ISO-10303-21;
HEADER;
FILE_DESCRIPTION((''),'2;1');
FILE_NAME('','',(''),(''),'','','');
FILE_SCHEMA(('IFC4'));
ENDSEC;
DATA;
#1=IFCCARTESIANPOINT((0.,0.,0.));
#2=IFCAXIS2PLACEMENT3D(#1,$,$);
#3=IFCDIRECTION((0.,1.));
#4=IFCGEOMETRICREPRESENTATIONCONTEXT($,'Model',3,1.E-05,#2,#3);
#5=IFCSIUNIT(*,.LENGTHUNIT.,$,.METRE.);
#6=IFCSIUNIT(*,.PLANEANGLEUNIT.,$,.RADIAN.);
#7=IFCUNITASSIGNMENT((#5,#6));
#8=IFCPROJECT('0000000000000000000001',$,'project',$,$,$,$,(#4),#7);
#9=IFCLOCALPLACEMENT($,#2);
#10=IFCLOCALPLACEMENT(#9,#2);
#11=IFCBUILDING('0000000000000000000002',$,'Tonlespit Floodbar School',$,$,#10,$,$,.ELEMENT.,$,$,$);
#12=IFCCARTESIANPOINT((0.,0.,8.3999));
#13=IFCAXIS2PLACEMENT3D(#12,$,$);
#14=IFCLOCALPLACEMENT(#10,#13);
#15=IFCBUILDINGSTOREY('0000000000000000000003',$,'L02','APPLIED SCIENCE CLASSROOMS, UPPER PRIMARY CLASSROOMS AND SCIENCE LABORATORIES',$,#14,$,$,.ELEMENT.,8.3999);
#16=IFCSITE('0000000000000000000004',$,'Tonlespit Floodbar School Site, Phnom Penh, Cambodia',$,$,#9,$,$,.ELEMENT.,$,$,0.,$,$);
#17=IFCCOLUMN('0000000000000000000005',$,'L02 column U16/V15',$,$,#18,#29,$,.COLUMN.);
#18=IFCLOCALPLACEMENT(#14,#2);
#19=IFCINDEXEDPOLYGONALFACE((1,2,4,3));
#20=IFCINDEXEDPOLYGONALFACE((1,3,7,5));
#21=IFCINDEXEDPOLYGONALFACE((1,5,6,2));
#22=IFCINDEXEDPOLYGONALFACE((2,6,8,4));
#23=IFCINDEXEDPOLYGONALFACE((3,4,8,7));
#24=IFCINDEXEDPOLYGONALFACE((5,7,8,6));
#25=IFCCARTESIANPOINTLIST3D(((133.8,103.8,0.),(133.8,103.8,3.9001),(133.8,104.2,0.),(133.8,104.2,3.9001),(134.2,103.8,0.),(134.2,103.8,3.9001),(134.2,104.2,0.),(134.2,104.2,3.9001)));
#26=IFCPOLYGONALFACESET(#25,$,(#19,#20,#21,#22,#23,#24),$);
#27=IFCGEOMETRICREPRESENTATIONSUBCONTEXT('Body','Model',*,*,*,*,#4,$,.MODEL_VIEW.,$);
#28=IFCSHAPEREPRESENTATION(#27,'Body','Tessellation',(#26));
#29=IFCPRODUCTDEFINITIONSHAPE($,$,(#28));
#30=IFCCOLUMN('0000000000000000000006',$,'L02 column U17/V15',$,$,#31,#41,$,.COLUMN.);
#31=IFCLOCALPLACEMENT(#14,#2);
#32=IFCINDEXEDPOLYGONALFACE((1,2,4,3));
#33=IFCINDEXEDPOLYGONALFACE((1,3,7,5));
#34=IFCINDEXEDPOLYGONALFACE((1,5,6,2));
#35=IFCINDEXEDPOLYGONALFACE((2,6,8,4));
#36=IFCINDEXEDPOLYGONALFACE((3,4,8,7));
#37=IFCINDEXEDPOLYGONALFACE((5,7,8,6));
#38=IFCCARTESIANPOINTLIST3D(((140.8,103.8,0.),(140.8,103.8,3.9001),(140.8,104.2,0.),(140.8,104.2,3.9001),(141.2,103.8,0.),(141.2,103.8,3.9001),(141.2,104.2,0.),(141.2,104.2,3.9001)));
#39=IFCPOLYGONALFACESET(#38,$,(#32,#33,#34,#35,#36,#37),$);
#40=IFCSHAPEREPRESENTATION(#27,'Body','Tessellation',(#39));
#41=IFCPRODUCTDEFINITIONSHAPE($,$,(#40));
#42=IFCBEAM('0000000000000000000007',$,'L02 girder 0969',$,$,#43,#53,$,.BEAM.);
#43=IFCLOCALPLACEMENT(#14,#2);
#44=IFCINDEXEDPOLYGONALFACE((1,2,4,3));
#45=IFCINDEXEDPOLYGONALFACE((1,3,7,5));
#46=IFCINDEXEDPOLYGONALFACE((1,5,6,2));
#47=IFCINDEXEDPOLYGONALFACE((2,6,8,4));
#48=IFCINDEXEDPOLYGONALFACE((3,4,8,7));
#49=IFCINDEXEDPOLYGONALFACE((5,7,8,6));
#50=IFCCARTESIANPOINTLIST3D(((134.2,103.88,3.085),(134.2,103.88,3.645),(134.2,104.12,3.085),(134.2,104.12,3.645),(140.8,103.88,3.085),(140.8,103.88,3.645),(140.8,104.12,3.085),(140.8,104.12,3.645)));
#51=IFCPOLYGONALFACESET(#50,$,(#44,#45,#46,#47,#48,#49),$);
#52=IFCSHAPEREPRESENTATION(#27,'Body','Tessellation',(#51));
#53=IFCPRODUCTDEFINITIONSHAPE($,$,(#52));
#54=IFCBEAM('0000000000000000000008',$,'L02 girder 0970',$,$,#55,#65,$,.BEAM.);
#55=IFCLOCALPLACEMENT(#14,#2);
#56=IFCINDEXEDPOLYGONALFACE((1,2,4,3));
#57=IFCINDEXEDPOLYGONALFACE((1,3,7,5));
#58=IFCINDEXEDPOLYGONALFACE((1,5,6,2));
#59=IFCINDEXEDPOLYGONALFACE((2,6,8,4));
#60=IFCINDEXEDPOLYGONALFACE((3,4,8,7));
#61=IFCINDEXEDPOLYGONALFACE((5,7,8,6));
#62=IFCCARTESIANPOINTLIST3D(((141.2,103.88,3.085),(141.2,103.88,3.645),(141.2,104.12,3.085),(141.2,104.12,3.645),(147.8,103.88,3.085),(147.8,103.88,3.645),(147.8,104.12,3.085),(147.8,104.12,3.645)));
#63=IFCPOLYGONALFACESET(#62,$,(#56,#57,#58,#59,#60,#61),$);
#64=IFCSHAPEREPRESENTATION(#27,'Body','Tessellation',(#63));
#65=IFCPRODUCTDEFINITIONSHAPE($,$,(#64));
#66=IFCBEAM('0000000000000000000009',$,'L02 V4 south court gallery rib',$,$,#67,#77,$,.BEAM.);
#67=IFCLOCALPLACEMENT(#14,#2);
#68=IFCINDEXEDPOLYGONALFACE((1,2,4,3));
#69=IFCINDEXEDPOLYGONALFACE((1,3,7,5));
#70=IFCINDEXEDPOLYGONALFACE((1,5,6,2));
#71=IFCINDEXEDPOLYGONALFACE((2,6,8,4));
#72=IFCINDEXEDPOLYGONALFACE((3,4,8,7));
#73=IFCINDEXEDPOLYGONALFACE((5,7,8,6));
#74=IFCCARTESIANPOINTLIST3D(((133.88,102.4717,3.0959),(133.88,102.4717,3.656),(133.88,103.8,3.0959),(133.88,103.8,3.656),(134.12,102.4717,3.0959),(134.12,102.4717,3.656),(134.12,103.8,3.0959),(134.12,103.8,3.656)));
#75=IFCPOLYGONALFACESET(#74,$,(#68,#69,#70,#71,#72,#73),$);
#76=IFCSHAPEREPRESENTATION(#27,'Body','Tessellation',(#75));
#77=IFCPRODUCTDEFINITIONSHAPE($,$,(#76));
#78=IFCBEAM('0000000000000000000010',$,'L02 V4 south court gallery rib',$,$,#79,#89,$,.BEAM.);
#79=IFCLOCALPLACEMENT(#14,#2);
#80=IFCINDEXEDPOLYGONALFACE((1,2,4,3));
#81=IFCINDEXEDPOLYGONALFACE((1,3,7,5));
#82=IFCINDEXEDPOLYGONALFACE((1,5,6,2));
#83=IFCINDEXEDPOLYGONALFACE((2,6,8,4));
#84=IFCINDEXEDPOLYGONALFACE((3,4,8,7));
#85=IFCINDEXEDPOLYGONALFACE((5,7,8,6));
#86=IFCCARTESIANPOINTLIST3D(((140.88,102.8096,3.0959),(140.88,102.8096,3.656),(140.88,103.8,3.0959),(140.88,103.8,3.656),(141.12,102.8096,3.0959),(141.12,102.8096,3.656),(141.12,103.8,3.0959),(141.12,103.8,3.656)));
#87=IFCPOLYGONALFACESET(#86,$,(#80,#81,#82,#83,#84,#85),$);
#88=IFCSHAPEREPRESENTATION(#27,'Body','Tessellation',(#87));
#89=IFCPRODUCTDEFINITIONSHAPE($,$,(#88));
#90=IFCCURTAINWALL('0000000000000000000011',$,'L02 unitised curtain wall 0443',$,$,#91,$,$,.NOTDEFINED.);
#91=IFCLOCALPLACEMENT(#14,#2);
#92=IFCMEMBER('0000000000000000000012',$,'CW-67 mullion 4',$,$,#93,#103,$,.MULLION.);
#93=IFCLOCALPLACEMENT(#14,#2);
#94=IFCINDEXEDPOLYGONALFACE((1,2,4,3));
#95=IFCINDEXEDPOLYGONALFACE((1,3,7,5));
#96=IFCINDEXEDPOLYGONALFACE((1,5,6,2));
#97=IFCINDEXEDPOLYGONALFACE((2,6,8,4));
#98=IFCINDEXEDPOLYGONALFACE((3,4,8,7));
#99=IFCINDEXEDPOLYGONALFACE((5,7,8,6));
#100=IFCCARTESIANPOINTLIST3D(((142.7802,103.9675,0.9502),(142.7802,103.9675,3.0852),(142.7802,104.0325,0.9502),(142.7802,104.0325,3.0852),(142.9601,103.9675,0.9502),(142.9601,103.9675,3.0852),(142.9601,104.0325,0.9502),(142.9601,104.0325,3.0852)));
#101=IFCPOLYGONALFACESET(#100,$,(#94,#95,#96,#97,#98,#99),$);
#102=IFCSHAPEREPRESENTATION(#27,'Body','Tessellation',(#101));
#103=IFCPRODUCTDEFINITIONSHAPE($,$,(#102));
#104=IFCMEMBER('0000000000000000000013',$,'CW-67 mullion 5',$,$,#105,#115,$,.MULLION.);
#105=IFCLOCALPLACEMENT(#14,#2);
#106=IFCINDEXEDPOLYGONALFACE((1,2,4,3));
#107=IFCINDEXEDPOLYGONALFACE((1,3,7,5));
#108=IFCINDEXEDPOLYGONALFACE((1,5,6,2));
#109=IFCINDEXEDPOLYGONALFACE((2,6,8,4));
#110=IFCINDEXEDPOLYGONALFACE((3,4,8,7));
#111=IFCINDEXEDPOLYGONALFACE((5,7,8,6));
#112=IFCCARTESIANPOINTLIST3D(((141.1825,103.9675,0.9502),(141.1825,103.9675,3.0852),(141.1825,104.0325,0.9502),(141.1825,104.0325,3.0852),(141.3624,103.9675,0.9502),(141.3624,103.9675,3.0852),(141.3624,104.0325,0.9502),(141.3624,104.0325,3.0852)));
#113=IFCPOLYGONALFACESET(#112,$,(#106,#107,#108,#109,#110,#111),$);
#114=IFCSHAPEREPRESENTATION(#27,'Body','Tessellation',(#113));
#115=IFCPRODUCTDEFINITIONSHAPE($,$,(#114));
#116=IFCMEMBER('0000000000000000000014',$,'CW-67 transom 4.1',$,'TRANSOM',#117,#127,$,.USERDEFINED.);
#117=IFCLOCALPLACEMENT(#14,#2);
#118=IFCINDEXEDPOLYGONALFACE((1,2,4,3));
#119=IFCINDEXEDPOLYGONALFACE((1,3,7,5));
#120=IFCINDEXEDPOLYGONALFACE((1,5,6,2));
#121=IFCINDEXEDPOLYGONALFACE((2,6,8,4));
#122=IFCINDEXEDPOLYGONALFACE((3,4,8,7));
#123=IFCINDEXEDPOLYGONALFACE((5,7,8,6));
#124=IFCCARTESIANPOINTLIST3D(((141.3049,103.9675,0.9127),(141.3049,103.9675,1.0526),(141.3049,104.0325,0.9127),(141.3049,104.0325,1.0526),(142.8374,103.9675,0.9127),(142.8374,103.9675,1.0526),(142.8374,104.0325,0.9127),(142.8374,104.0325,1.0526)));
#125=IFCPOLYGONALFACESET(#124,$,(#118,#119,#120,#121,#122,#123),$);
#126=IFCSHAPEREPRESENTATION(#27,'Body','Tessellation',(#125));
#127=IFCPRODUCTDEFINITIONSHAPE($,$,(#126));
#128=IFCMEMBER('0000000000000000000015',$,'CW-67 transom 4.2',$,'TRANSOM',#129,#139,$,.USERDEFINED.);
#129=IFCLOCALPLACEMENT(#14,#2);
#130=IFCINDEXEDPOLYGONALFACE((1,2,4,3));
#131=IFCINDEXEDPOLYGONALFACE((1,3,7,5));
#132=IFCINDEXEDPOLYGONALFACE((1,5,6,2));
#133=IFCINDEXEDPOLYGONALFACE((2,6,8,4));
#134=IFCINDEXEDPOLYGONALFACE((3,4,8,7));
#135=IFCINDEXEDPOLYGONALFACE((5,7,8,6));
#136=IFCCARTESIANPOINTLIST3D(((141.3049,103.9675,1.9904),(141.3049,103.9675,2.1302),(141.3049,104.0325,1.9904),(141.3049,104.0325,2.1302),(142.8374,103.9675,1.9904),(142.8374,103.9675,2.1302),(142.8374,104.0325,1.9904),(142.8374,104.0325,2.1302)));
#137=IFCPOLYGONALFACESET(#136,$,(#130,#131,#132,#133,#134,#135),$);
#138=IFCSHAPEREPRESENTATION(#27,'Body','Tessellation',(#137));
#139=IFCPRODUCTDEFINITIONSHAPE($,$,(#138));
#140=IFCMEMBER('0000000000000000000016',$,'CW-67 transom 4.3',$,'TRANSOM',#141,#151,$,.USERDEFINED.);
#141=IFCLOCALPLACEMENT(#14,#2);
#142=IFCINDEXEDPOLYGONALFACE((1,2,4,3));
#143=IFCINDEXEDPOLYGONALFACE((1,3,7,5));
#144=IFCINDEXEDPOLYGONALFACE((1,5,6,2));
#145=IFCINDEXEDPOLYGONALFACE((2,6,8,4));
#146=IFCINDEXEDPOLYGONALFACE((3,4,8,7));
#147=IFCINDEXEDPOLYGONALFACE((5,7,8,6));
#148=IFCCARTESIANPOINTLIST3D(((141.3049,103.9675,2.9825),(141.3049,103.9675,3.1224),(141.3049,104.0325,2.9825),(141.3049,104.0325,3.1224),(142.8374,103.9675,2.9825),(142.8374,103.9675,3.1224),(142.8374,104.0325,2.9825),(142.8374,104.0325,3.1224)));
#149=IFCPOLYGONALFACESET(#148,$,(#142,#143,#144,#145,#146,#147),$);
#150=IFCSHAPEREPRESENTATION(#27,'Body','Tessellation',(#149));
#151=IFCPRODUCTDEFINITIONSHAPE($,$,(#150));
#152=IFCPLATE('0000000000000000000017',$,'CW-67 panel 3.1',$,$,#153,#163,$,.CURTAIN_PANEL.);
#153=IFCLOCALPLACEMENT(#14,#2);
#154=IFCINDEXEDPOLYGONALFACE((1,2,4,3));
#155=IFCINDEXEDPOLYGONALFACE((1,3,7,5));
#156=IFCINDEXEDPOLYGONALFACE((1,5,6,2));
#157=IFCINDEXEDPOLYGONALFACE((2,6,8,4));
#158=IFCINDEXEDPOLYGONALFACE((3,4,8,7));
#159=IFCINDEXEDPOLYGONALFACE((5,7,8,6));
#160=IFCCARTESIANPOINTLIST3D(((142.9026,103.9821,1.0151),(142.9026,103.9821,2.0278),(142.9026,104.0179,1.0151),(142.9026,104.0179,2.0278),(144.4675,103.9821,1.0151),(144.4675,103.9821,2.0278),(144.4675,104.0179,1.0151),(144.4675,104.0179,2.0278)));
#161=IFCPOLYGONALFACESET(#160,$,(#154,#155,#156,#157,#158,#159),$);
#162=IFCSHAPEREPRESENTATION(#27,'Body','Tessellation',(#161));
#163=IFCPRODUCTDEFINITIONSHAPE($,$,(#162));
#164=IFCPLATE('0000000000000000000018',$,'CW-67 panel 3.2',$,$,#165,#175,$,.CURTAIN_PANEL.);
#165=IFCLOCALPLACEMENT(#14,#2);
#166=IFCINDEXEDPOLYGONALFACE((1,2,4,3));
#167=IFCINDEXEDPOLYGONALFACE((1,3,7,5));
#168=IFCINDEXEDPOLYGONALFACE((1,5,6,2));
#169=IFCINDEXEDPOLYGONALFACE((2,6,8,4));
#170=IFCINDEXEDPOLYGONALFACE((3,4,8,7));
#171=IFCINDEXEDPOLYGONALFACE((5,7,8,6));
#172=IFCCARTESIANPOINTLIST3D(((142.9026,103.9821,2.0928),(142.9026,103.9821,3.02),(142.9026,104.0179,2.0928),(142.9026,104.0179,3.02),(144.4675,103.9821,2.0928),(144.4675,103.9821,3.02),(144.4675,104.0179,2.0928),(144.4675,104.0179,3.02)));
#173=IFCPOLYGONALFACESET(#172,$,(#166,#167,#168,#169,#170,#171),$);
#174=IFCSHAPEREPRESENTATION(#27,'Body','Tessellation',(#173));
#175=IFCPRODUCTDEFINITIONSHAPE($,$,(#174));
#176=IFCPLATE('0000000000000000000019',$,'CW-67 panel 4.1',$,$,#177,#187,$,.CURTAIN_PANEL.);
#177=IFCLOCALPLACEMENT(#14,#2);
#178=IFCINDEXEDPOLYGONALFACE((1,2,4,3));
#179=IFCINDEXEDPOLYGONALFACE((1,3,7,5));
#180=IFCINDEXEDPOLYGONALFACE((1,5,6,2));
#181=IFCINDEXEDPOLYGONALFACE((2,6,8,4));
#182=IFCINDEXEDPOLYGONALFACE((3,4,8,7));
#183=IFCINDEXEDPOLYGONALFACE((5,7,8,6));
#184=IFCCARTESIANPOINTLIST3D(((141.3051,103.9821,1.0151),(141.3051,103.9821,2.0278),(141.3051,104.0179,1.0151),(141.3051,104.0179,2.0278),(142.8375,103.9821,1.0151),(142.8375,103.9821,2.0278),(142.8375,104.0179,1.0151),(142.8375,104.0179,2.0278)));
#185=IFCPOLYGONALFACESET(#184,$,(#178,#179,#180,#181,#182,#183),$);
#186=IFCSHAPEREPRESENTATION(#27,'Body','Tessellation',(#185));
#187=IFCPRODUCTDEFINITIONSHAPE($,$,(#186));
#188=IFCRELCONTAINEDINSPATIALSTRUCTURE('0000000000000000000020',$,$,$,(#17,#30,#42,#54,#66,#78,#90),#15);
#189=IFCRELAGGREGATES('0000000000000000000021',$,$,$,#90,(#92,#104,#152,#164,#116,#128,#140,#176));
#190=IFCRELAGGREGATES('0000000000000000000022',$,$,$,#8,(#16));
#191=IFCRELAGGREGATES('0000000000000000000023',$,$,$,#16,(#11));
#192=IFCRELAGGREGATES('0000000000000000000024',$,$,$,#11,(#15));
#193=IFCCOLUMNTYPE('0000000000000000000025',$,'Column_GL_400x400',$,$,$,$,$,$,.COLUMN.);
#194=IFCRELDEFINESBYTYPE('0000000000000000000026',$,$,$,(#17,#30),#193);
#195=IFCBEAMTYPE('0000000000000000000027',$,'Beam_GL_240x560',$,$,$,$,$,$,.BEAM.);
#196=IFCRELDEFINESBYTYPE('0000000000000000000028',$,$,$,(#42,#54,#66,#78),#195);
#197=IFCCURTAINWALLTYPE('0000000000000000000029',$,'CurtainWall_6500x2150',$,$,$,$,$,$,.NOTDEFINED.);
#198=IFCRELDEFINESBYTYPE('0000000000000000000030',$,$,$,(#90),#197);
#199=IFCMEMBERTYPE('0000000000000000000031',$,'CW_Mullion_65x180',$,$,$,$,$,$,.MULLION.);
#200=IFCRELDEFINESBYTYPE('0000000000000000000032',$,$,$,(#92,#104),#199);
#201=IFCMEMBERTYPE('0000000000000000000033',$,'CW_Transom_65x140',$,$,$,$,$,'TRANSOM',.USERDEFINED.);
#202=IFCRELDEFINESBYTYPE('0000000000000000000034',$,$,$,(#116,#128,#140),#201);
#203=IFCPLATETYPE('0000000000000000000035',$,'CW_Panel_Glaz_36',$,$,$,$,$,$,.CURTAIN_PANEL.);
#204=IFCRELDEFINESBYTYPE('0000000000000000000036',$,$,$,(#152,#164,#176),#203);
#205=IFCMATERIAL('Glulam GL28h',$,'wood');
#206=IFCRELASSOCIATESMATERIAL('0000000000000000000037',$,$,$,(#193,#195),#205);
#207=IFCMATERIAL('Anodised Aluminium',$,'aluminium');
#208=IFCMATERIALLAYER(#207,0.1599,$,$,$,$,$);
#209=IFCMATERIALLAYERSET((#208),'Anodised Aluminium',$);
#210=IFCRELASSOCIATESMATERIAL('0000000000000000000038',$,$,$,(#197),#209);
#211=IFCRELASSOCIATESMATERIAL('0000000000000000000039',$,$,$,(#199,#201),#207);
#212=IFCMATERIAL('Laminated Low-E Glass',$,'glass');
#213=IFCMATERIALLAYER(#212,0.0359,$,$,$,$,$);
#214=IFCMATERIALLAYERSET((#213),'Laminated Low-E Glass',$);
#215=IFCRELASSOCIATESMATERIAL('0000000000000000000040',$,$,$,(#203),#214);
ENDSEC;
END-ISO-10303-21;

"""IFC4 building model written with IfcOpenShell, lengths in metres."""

from ifc_helpers import new_model, si_unit, direction, frame, origin, origin_2d, place, context, subcontext, project, spatial, rectangle, extrude, material, layer, layer_set, material_profile, profile_set, type_object, element, aggregate, save


model = new_model("IFC4")

# Units and contexts
model_context = context("Model", 3, precision=1e-05, world=origin(), true_north=direction((0.0, 1.0)))
body_context = subcontext(model_context, "Body", "Model", "MODEL_VIEW")
ifc_project = project(units=[si_unit("LENGTHUNIT", "METRE"), si_unit("PLANEANGLEUNIT", "RADIAN")], contexts=[model_context])

# Site, building, storey
site_placement = place(None, origin())
site = spatial("IfcSite", under=ifc_project, at=site_placement, Name="Tonlespit Floodbar School Site, Phnom Penh, Cambodia", CompositionType="ELEMENT", RefElevation=0.0)
building_placement = place(site_placement, origin())
building = spatial("IfcBuilding", under=site, at=building_placement, Name="Tonlespit Floodbar School", CompositionType="ELEMENT")
storey_placement = place(building_placement, frame((0.0, 0.0, 8.3999)))
storey = spatial("IfcBuildingStorey", under=building, at=storey_placement, Name="L02", Description="APPLIED SCIENCE CLASSROOMS, UPPER PRIMARY CLASSROOMS AND SCIENCE LABORATORIES", CompositionType="ELEMENT", Elevation=8.3999)

# Columns
ifc_material_1 = material(Name="Glulam GL28h", Category="wood")
ifc_material_profile_1 = material_profile(ifc_material_1, rectangle(XDim=0.3999, YDim=0.3999, at=origin_2d()), Name="GL 400x400")
ifc_profile_set_1 = profile_set([ifc_material_profile_1], Name="Glulam GL28h")
column_type = type_object("IfcColumnType", Name="Column_GL_400x400", PredefinedType="COLUMN", material=ifc_profile_set_1)
for number, where, z_axis, x_axis, name in (
    (1, (134.0, 104.0, 0.0), (0.0, 0.0, 1.0), (1.0, 0.0, 0.0), "L02 column U16/V15"),
    (2, (141.0, 104.0, 0.0), (0.0, 0.0, 1.0), (1.0, 0.0, 0.0), "L02 column U17/V15"),
):
    element("IfcColumn", number, at=place(storey_placement, frame(where, z_axis=z_axis, x_axis=x_axis)), inside=storey, type_object=column_type, Name=name, PredefinedType="COLUMN", context=body_context, shape_type="SweptSolid", body=[
        extrude(rectangle(XDim=0.3999, YDim=0.3999, at=origin_2d()), origin(), (0.0, 0.0, 1.0), 3.9001),
    ])

# Beams
ifc_material_profile_2 = material_profile(ifc_material_1, rectangle(XDim=0.24, YDim=0.5601, at=origin_2d()), Name="GL 240x560")
ifc_profile_set_2 = profile_set([ifc_material_profile_2], Name="Glulam GL28h")
beam_type = type_object("IfcBeamType", Name="Beam_GL_240x560", PredefinedType="BEAM", material=ifc_profile_set_2)
for number, where, z_axis, x_axis, name in (
    (3, (134.2, 104.0, 3.365), (1.0, 0.0, 0.0), (0.0, 1.0, 0.0), "L02 girder 0969"),
    (4, (141.2, 104.0, 3.365), (1.0, 0.0, 0.0), (0.0, 1.0, 0.0), "L02 girder 0970"),
):
    element("IfcBeam", number, at=place(storey_placement, frame(where, z_axis=z_axis, x_axis=x_axis)), inside=storey, type_object=beam_type, Name=name, PredefinedType="BEAM", context=body_context, shape_type="SweptSolid", body=[
        extrude(rectangle(XDim=0.24, YDim=0.5601, at=origin_2d()), origin(), (0.0, 0.0, 1.0), 6.6001),
    ])
beam_1_placement = place(storey_placement, frame((134.0, 103.8, 3.376), z_axis=(0.0, -1.0, 0.0), x_axis=(1.0, 0.0, 0.0)))
element("IfcBeam", 5, at=beam_1_placement, inside=storey, type_object=beam_type, Name="L02 V4 south court gallery rib", PredefinedType="BEAM", context=body_context, shape_type="SweptSolid", body=[
    extrude(rectangle(XDim=0.24, YDim=0.5601, at=origin_2d()), origin(), (0.0, 0.0, 1.0), 1.3284),
])
beam_2_placement = place(storey_placement, frame((141.0, 103.8, 3.376), z_axis=(0.0, -1.0, 0.0), x_axis=(1.0, 0.0, 0.0)))
element("IfcBeam", 6, at=beam_2_placement, inside=storey, type_object=beam_type, Name="L02 V4 south court gallery rib", PredefinedType="BEAM", context=body_context, shape_type="SweptSolid", body=[
    extrude(rectangle(XDim=0.24, YDim=0.5601, at=origin_2d()), origin(), (0.0, 0.0, 1.0), 0.9905),
])

# Curtain wall, members, plates
ifc_material_2 = material(Name="Anodised Aluminium", Category="aluminium")
ifc_layer_1 = layer(ifc_material_2, 0.1599)
ifc_layer_set_1 = layer_set([ifc_layer_1], Name="Anodised Aluminium")
curtain_wall_type = type_object("IfcCurtainWallType", Name="CurtainWall_6500x2150", PredefinedType="NOTDEFINED", material=ifc_layer_set_1)
curtain_wall_placement = place(storey_placement, origin())
curtain_wall = element("IfcCurtainWall", 7, at=curtain_wall_placement, inside=storey, type_object=curtain_wall_type, Name="L02 unitised curtain wall 0443", PredefinedType="NOTDEFINED")
ifc_material_profile_3 = material_profile(ifc_material_2, rectangle(XDim=0.0649, YDim=0.1799, at=origin_2d()), Name="ALU M65x180")
ifc_profile_set_3 = profile_set([ifc_material_profile_3], Name="Anodised Aluminium")
member_type_1 = type_object("IfcMemberType", Name="CW_Mullion_65x180", PredefinedType="MULLION", material=ifc_profile_set_3)
member_1_placement = place(storey_placement, frame((142.8701, 104.0, 0.9502), z_axis=(0.0, 0.0, 1.0), x_axis=(0.0, -1.0, 0.0)))
member_1 = element("IfcMember", 8, at=member_1_placement, type_object=member_type_1, Name="CW-67 mullion 4", PredefinedType="MULLION", context=body_context, shape_type="SweptSolid", body=[
    extrude(rectangle(XDim=0.0649, YDim=0.1799, at=origin_2d()), origin(), (0.0, 0.0, 1.0), 2.135),
])
member_2_placement = place(storey_placement, frame((141.2725, 104.0, 0.9502), z_axis=(0.0, 0.0, 1.0), x_axis=(0.0, -1.0, 0.0)))
member_2 = element("IfcMember", 9, at=member_2_placement, type_object=member_type_1, Name="CW-67 mullion 5", PredefinedType="MULLION", context=body_context, shape_type="SweptSolid", body=[
    extrude(rectangle(XDim=0.0649, YDim=0.1799, at=origin_2d()), origin(), (0.0, 0.0, 1.0), 2.135),
])
ifc_material_profile_4 = material_profile(ifc_material_2, rectangle(XDim=0.0649, YDim=0.1399, at=origin_2d()), Name="ALU T65x140")
ifc_profile_set_4 = profile_set([ifc_material_profile_4], Name="Anodised Aluminium")
member_type_2 = type_object("IfcMemberType", Name="CW_Transom_65x140", ElementType="TRANSOM", PredefinedType="USERDEFINED", material=ifc_profile_set_4)
member_3_placement = place(storey_placement, frame((142.8374, 104.0, 0.9827), z_axis=(-1.0, 0.0, 0.0), x_axis=(0.0, -1.0, 0.0)))
member_3 = element("IfcMember", 10, at=member_3_placement, type_object=member_type_2, Name="CW-67 transom 4.1", ObjectType="TRANSOM", PredefinedType="USERDEFINED", context=body_context, shape_type="SweptSolid", body=[
    extrude(rectangle(XDim=0.0649, YDim=0.1399, at=origin_2d()), origin(), (0.0, 0.0, 1.0), 1.5325),
])
member_4_placement = place(storey_placement, frame((142.8374, 104.0, 2.0603), z_axis=(-1.0, 0.0, 0.0), x_axis=(0.0, -1.0, 0.0)))
member_4 = element("IfcMember", 11, at=member_4_placement, type_object=member_type_2, Name="CW-67 transom 4.2", ObjectType="TRANSOM", PredefinedType="USERDEFINED", context=body_context, shape_type="SweptSolid", body=[
    extrude(rectangle(XDim=0.0649, YDim=0.1399, at=origin_2d()), origin(), (0.0, 0.0, 1.0), 1.5325),
])
member_5_placement = place(storey_placement, frame((142.8374, 104.0, 3.0525), z_axis=(-1.0, 0.0, 0.0), x_axis=(0.0, -1.0, 0.0)))
member_5 = element("IfcMember", 12, at=member_5_placement, type_object=member_type_2, Name="CW-67 transom 4.3", ObjectType="TRANSOM", PredefinedType="USERDEFINED", context=body_context, shape_type="SweptSolid", body=[
    extrude(rectangle(XDim=0.0649, YDim=0.1399, at=origin_2d()), origin(), (0.0, 0.0, 1.0), 1.5325),
])
ifc_material_3 = material(Name="Laminated Low-E Glass", Category="glass")
ifc_layer_2 = layer(ifc_material_3, 0.0359)
ifc_layer_set_2 = layer_set([ifc_layer_2], Name="Laminated Low-E Glass")
plate_type = type_object("IfcPlateType", Name="CW_Panel_Glaz_36", PredefinedType="CURTAIN_PANEL", material=ifc_layer_set_2)
plate_1_placement = place(storey_placement, frame((143.6851, 104.0, 1.0151), z_axis=(0.0, 0.0, 1.0), x_axis=(-1.0, 0.0, 0.0)))
plate_1 = element("IfcPlate", 13, at=plate_1_placement, type_object=plate_type, Name="CW-67 panel 3.1", PredefinedType="CURTAIN_PANEL", context=body_context, shape_type="SweptSolid", body=[
    extrude(rectangle(XDim=1.5649, YDim=0.0359, at=origin_2d()), origin(), (0.0, 0.0, 1.0), 1.0127),
])
plate_2_placement = place(storey_placement, frame((143.6851, 104.0, 2.0928), z_axis=(0.0, 0.0, 1.0), x_axis=(-1.0, 0.0, 0.0)))
plate_2 = element("IfcPlate", 14, at=plate_2_placement, type_object=plate_type, Name="CW-67 panel 3.2", PredefinedType="CURTAIN_PANEL", context=body_context, shape_type="SweptSolid", body=[
    extrude(rectangle(XDim=1.5649, YDim=0.0359, at=origin_2d()), origin(), (0.0, 0.0, 1.0), 0.9272),
])
plate_3_placement = place(storey_placement, frame((142.0713, 104.0, 1.0151), z_axis=(0.0, 0.0, 1.0), x_axis=(-1.0, 0.0, 0.0)))
plate_3 = element("IfcPlate", 15, at=plate_3_placement, type_object=plate_type, Name="CW-67 panel 4.1", PredefinedType="CURTAIN_PANEL", context=body_context, shape_type="SweptSolid", body=[
    extrude(rectangle(XDim=1.5325, YDim=0.0359, at=origin_2d()), origin(), (0.0, 0.0, 1.0), 1.0127),
])
aggregate(curtain_wall, [member_1, member_2, plate_1, plate_2, member_3, member_4, member_5, plate_3])

save(model, "model.ifc")
